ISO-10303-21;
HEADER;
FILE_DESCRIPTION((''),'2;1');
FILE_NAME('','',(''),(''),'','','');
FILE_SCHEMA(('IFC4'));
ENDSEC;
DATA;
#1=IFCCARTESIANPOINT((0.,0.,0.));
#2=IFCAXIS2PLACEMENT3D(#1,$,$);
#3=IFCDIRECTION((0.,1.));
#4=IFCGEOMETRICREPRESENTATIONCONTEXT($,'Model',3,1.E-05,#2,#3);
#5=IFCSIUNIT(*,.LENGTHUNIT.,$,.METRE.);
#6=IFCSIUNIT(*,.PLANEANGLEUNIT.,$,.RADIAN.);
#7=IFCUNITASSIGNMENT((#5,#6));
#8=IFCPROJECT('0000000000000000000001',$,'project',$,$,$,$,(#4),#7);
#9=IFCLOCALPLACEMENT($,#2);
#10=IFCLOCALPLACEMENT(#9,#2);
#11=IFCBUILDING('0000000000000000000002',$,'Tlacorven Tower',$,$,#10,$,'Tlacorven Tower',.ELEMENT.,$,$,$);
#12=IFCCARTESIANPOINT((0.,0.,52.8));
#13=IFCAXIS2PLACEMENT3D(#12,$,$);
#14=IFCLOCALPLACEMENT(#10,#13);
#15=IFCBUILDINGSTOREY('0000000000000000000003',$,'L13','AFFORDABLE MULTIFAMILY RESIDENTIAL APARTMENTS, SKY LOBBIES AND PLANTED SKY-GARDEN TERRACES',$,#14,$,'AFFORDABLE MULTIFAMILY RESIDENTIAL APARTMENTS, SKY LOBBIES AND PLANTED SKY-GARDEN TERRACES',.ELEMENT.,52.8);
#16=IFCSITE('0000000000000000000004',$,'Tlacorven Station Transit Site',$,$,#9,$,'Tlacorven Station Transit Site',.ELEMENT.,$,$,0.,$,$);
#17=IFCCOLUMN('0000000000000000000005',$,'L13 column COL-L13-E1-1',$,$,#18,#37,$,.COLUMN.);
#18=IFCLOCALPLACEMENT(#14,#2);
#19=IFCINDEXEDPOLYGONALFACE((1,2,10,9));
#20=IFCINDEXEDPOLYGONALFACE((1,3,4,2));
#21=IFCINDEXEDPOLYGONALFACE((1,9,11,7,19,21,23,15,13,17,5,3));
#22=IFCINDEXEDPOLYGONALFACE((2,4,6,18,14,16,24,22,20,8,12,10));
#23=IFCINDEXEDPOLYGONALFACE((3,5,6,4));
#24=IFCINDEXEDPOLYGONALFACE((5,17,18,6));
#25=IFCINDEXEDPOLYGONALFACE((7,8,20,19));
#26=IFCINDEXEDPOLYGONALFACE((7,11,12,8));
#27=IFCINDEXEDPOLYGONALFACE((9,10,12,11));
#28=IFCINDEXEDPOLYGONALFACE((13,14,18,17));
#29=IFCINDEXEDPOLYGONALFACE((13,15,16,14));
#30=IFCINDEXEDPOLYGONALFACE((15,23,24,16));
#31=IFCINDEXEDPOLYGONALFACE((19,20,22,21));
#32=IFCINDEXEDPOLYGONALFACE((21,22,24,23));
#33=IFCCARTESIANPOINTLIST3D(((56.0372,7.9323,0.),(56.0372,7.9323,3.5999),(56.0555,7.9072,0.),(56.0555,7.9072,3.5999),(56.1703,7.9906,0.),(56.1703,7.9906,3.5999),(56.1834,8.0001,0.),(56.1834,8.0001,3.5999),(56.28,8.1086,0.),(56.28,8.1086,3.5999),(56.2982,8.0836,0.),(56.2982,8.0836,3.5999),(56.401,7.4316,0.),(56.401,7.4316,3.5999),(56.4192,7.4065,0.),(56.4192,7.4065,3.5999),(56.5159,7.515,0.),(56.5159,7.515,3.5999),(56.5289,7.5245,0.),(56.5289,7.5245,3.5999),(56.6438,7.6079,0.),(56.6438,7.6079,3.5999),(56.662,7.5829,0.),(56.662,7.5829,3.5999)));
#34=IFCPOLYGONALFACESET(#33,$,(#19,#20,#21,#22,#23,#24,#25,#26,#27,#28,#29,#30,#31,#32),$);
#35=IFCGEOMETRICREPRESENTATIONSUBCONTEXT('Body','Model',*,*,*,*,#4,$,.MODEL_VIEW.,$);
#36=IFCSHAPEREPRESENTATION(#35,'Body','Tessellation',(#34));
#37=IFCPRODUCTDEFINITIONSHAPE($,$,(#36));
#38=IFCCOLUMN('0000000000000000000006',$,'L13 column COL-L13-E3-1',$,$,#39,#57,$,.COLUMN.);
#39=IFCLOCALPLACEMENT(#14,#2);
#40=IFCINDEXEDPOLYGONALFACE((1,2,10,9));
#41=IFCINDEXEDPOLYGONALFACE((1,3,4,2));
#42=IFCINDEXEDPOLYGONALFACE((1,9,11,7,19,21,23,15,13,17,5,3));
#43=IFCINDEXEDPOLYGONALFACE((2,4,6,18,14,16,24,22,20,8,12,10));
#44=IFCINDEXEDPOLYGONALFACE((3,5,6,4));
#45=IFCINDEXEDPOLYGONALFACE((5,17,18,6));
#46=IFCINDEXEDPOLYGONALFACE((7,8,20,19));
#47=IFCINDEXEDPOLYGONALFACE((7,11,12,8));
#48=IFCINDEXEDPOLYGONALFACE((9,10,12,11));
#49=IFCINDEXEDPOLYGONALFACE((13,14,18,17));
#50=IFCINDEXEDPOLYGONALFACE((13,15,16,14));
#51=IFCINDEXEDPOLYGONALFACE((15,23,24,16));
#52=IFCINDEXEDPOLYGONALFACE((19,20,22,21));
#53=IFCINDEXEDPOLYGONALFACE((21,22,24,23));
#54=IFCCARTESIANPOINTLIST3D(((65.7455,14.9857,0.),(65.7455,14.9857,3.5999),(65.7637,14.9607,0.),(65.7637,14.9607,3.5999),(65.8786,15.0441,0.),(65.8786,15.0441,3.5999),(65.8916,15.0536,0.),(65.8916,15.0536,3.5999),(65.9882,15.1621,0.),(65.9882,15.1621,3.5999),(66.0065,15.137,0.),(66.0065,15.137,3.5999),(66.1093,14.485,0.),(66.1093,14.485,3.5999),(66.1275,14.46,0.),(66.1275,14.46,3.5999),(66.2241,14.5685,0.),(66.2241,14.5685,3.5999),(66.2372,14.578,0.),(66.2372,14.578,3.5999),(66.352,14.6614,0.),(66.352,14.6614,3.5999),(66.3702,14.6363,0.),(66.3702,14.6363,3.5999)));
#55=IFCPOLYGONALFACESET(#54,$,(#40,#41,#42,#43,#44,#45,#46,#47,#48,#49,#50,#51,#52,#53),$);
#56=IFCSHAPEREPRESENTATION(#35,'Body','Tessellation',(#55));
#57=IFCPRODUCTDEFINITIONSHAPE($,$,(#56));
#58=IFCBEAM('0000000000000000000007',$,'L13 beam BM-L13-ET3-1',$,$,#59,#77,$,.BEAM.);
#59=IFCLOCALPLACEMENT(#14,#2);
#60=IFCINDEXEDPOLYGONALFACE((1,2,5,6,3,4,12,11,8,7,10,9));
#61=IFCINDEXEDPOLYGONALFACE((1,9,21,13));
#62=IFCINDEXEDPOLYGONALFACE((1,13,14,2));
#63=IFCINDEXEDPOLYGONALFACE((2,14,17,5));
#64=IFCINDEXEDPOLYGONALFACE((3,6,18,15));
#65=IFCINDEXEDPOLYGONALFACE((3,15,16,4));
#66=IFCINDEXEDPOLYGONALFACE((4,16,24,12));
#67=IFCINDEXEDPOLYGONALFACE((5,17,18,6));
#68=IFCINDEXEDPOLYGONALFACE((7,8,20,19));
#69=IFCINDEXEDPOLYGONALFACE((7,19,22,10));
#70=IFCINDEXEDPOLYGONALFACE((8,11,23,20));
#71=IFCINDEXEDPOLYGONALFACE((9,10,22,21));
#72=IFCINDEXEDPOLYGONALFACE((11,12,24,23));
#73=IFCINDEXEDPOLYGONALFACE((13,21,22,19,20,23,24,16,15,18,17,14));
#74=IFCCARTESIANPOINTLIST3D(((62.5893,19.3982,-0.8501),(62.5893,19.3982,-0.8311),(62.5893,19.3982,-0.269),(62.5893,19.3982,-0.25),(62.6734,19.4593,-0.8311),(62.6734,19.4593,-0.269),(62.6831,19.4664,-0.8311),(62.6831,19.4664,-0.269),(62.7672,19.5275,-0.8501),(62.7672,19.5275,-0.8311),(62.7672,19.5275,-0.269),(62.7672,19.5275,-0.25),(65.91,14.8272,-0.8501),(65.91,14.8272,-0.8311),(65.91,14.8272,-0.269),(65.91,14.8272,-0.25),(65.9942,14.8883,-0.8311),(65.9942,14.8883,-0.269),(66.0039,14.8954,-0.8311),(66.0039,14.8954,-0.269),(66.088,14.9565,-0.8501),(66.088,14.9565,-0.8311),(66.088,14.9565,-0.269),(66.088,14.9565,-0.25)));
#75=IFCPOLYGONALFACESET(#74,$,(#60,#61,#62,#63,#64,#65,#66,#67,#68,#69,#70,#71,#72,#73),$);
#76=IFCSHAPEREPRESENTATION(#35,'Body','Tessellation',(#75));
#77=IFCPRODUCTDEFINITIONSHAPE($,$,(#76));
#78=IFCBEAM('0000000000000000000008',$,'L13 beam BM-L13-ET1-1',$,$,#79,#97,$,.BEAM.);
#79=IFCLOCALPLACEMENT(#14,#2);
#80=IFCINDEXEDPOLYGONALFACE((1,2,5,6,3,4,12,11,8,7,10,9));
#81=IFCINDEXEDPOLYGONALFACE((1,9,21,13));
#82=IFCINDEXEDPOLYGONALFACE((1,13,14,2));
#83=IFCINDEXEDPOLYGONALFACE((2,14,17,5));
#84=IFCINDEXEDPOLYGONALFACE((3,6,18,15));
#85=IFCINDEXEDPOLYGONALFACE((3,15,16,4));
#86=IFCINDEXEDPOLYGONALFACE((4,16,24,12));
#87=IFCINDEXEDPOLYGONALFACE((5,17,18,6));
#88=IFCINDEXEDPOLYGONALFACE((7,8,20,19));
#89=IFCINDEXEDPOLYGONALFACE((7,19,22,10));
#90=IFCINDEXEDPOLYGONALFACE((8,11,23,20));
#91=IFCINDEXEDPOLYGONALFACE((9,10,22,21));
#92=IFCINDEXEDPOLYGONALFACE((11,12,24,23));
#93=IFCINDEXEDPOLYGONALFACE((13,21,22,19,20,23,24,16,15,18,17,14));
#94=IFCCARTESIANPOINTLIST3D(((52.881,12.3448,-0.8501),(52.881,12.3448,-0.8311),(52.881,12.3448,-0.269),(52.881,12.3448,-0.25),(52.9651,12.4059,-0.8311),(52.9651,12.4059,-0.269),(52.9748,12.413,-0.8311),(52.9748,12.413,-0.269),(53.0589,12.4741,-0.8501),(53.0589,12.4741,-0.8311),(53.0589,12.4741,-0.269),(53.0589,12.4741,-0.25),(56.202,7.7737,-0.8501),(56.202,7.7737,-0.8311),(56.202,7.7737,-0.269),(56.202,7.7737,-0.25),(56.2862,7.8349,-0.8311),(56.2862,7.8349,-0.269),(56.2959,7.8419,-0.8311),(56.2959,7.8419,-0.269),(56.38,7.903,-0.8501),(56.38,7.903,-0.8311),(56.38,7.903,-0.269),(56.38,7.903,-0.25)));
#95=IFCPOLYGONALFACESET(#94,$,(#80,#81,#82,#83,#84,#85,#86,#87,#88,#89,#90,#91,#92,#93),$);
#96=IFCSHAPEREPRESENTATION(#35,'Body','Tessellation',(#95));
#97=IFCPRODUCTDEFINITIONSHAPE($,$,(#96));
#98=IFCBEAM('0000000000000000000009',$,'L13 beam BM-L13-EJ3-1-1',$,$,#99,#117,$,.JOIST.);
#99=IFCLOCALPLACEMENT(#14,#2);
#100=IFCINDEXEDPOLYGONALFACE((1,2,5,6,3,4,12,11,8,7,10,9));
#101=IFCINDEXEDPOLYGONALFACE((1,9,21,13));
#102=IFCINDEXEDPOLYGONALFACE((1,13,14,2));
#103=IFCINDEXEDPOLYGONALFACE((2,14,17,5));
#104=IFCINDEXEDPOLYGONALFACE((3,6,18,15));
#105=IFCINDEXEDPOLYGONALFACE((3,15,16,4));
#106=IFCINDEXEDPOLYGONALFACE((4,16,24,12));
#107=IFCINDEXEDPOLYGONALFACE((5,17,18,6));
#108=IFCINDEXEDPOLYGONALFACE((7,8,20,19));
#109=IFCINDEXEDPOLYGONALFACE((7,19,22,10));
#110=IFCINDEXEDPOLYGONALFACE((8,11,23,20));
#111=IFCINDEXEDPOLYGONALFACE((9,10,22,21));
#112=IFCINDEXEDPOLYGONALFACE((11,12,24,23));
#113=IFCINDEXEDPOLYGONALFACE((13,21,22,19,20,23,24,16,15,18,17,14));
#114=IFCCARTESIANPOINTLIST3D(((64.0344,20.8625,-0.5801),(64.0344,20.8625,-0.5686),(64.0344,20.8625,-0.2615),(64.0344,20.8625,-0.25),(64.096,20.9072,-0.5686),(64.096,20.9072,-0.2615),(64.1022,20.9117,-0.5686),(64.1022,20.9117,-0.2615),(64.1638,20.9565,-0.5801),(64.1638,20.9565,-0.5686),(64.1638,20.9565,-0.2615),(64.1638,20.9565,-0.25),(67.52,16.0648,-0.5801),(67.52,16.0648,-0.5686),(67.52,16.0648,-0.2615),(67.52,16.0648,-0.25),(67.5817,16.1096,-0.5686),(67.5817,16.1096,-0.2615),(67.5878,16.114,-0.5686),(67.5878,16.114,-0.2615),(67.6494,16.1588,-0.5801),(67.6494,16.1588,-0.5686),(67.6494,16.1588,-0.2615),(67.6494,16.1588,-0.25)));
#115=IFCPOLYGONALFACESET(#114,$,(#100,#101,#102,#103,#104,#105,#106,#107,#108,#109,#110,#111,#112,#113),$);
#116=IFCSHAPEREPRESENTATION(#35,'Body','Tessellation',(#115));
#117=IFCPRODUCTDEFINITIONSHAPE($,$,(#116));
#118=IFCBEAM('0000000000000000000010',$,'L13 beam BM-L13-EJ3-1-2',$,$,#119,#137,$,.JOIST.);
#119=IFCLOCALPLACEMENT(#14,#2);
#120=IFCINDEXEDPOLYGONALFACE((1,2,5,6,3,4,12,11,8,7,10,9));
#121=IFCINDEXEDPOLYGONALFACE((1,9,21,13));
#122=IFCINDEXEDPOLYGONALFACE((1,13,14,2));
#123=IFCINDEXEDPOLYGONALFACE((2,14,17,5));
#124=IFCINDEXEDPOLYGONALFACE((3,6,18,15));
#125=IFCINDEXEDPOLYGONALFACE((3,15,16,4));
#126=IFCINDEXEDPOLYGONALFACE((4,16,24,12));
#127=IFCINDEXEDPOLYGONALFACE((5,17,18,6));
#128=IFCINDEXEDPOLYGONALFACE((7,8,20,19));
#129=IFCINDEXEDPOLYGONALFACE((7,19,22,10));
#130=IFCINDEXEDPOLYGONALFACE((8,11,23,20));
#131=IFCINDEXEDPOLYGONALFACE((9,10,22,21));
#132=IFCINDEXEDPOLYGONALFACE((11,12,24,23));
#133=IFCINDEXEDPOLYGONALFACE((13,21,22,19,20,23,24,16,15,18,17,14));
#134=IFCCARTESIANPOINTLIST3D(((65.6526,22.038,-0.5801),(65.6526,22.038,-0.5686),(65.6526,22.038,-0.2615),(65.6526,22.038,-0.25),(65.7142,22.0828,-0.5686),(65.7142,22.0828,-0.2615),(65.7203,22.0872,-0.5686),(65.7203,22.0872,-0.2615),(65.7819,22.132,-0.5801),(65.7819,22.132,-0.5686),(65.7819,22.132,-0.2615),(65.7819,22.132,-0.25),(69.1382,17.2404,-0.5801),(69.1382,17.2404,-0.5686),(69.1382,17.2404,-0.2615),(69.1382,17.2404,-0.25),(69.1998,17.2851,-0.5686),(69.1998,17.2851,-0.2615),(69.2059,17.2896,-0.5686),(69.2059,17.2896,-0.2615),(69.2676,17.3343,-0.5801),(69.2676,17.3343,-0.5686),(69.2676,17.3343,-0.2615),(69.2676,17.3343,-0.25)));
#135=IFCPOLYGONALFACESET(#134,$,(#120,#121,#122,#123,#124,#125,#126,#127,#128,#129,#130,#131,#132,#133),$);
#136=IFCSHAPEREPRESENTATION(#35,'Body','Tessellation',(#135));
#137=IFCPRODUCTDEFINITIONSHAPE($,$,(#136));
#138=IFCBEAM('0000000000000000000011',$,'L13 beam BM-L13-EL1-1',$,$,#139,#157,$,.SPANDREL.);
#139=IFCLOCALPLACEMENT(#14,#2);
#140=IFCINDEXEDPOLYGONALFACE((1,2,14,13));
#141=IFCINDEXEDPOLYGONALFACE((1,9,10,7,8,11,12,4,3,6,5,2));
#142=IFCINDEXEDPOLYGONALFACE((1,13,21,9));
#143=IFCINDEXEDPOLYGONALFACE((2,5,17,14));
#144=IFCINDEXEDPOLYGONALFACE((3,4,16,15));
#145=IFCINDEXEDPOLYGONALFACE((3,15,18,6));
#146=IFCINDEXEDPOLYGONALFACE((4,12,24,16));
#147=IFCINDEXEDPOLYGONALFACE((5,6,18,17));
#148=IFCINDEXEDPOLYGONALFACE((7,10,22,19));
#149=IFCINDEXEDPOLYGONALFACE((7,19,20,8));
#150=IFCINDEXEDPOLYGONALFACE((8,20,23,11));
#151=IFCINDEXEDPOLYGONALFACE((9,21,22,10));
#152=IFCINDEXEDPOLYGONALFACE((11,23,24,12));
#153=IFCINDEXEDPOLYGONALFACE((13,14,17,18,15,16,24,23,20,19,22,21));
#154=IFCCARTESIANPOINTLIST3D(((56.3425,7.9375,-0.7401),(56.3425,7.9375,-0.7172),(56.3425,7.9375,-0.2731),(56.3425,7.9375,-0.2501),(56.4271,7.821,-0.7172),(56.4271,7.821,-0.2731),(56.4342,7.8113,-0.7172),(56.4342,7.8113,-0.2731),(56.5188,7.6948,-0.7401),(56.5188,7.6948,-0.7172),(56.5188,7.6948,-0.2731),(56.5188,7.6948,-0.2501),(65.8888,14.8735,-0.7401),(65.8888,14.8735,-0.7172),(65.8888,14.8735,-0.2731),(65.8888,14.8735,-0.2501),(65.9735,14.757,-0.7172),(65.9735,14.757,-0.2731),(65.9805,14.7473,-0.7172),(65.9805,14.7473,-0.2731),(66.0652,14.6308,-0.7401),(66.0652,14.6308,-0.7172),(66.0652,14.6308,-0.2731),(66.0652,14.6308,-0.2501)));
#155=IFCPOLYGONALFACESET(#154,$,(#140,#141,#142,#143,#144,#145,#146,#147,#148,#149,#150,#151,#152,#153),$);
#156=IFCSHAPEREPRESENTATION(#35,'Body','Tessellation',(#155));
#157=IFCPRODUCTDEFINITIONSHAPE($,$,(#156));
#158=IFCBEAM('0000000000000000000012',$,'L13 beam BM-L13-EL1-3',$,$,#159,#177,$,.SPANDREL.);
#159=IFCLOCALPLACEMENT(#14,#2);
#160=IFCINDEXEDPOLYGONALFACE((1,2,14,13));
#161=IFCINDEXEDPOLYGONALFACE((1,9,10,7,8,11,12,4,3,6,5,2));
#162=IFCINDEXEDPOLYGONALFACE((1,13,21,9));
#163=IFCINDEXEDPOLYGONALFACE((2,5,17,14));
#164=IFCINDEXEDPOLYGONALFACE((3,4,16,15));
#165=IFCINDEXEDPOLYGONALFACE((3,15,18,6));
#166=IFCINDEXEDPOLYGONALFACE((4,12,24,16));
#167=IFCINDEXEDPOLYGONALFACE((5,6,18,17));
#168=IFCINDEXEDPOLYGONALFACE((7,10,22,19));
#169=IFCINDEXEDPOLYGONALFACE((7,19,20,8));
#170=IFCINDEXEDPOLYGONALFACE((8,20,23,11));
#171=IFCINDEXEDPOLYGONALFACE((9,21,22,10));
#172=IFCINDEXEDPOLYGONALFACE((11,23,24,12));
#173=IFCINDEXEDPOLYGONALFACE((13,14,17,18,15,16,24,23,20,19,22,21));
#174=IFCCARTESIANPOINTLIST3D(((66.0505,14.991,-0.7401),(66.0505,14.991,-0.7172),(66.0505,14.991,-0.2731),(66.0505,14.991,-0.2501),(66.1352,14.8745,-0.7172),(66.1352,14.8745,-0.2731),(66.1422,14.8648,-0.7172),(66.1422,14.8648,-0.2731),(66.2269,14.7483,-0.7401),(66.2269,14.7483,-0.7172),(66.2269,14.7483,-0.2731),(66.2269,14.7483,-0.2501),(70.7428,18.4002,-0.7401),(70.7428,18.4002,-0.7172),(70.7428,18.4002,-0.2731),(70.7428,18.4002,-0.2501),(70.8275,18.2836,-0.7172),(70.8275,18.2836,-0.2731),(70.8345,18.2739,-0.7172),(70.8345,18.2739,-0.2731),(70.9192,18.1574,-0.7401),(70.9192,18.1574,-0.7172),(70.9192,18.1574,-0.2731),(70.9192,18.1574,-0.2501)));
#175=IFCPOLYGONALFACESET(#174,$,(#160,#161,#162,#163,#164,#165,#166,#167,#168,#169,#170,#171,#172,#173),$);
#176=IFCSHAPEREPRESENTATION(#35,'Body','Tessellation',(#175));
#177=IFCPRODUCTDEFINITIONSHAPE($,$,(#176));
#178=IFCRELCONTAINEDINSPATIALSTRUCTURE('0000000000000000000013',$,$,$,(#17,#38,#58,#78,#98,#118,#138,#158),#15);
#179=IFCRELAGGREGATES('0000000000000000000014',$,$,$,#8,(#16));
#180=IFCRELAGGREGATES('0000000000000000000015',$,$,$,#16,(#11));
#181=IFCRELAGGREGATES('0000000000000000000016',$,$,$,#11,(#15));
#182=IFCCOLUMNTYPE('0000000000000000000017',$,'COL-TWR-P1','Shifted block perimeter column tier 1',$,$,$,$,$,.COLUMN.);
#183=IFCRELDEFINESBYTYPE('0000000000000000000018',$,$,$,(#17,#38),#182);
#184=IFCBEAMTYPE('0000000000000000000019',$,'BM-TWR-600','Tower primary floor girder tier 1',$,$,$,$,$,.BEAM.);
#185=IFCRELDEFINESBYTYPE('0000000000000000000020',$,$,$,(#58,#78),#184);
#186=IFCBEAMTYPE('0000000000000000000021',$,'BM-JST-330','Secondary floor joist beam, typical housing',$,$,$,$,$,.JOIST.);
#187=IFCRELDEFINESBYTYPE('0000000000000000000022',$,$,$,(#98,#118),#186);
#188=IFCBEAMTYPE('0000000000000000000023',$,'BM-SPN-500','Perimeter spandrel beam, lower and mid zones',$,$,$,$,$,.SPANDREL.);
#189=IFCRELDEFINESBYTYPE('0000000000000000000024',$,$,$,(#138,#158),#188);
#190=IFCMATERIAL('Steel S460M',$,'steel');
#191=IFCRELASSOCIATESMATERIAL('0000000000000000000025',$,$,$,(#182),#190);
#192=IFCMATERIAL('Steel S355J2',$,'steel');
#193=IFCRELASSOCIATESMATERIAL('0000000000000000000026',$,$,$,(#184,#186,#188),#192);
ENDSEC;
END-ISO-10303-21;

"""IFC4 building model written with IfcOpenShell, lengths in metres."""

from ifc_helpers import new_model, si_unit, direction, frame, origin, origin_2d, place, context, subcontext, project, spatial, i_section, extrude, source, transform, mapped, material, material_profile, profile_set, type_object, element, save


model = new_model("IFC4")

# Units and contexts
model_context = context("Model", 3, precision=1e-05, world=origin(), true_north=direction((0.0, 1.0)))
body_context = subcontext(model_context, "Body", "Model", "MODEL_VIEW")
ifc_project = project(units=[si_unit("LENGTHUNIT", "METRE"), si_unit("PLANEANGLEUNIT", "RADIAN")], contexts=[model_context])

# Site, building, storey
site_placement = place(None, origin())
site = spatial("IfcSite", under=ifc_project, at=site_placement, Name="Tlacorven Station Transit Site", LongName="Tlacorven Station Transit Site", CompositionType="ELEMENT", RefElevation=0.0)
building_placement = place(site_placement, origin())
building = spatial("IfcBuilding", under=site, at=building_placement, Name="Tlacorven Tower", LongName="Tlacorven Tower", CompositionType="ELEMENT")
storey_placement = place(building_placement, frame((0.0, 0.0, 52.8)))
storey = spatial("IfcBuildingStorey", under=building, at=storey_placement, Name="L13", Description="AFFORDABLE MULTIFAMILY RESIDENTIAL APARTMENTS, SKY LOBBIES AND PLANTED SKY-GARDEN TERRACES", LongName="AFFORDABLE MULTIFAMILY RESIDENTIAL APARTMENTS, SKY LOBBIES AND PLANTED SKY-GARDEN TERRACES", CompositionType="ELEMENT", Elevation=52.8)

# Columns
ifc_material_1 = material(Name="Steel S460M", Category="steel")
ifc_material_profile_1 = material_profile(ifc_material_1, i_section(OverallWidth=0.3, OverallDepth=0.6499, WebThickness=0.0161, FlangeThickness=0.031, at=origin_2d()), Name="HEB 650")
ifc_profile_set_1 = profile_set([ifc_material_profile_1], Name="Steel S460M")
column_type = type_object("IfcColumnType", Name="COL-TWR-P1", Description="Shifted block perimeter column tier 1", PredefinedType="COLUMN", material=ifc_profile_set_1)
shared_shape_1 = source(origin(), body_context, "Body", "SweptSolid", [
    extrude(i_section(OverallWidth=0.3, OverallDepth=0.6499, WebThickness=0.0161, FlangeThickness=0.031, at=origin_2d()), origin(), (0.0, 0.0, 1.0), 3.5999),
])
for number, where, z_axis, x_axis, name in (
    (1, (56.3496, 7.7576, 0.0), (0.0, 0.0, 1.0), (0.809017, 0.587785, 0.0), "L13 column COL-L13-E1-1"),
    (2, (66.0579, 14.811, 0.0), (0.0, 0.0, 1.0), (0.809017, 0.587785, 0.0), "L13 column COL-L13-E3-1"),
):
    element("IfcColumn", number, at=place(storey_placement, frame(where, z_axis=z_axis, x_axis=x_axis)), inside=storey, type_object=column_type, Name=name, PredefinedType="COLUMN", context=body_context, shape_type="MappedRepresentation", body=[
        mapped(shared_shape_1, transform((0.0, 0.0, 0.0), scale=1.0)),
    ])

# Beams
ifc_material_2 = material(Name="Steel S355J2", Category="steel")
ifc_material_profile_2 = material_profile(ifc_material_2, i_section(OverallWidth=0.22, OverallDepth=0.6001, WebThickness=0.012, FlangeThickness=0.019, at=origin_2d()), Name="IPE 600")
ifc_profile_set_2 = profile_set([ifc_material_profile_2], Name="Steel S355J2")
beam_type_1 = type_object("IfcBeamType", Name="BM-TWR-600", Description="Tower primary floor girder tier 1", PredefinedType="BEAM", material=ifc_profile_set_2)
shared_shape_2 = source(origin(), body_context, "Body", "SweptSolid", [
    extrude(i_section(OverallWidth=0.22, OverallDepth=0.6001, WebThickness=0.012, FlangeThickness=0.019, at=origin_2d()), origin(), (0.0, 0.0, 1.0), 5.6499),
])
beam_1_placement = place(storey_placement, frame((65.999, 14.8918, -0.55), z_axis=(-0.587755, 0.809039, 0.0), x_axis=(-0.809039, -0.587755, 0.0)))
element("IfcBeam", 3, at=beam_1_placement, inside=storey, type_object=beam_type_1, Name="L13 beam BM-L13-ET3-1", PredefinedType="BEAM", context=body_context, shape_type="MappedRepresentation", body=[
    mapped(shared_shape_2, transform((0.0, 0.0, 0.0), scale=1.0)),
])
shared_shape_3 = source(origin(), body_context, "Body", "SweptSolid", [
    extrude(i_section(OverallWidth=0.22, OverallDepth=0.6001, WebThickness=0.012, FlangeThickness=0.019, at=origin_2d()), origin(), (0.0, 0.0, 1.0), 5.6501),
])
beam_2_placement = place(storey_placement, frame((56.291, 7.8384, -0.55), z_axis=(-0.587784, 0.809018, 0.0), x_axis=(-0.809018, -0.587784, 0.0)))
element("IfcBeam", 4, at=beam_2_placement, inside=storey, type_object=beam_type_1, Name="L13 beam BM-L13-ET1-1", PredefinedType="BEAM", context=body_context, shape_type="MappedRepresentation", body=[
    mapped(shared_shape_3, transform((0.0, 0.0, 0.0), scale=1.0)),
])
ifc_material_profile_3 = material_profile(ifc_material_2, i_section(OverallWidth=0.1599, OverallDepth=0.3301, WebThickness=0.0076, FlangeThickness=0.0115, at=origin_2d()), Name="IPE 330")
ifc_profile_set_3 = profile_set([ifc_material_profile_3], Name="Steel S355J2")
beam_type_2 = type_object("IfcBeamType", Name="BM-JST-330", Description="Secondary floor joist beam, typical housing", PredefinedType="JOIST", material=ifc_profile_set_3)
shared_shape_4 = source(origin(), body_context, "Body", "SweptSolid", [
    extrude(i_section(OverallWidth=0.1599, OverallDepth=0.3301, WebThickness=0.0076, FlangeThickness=0.0115, at=origin_2d()), origin(), (0.0, 0.0, 1.0), 5.9302),
])
for number, where, z_axis, x_axis, name in (
    (5, (67.5847, 16.1118, -0.415), (-0.587778, 0.809023, 0.0), (-0.809023, -0.587778, 0.0), "L13 beam BM-L13-EJ3-1-1"),
    (6, (69.2029, 17.2874, -0.415), (-0.587778, 0.809023, 0.0), (-0.809023, -0.587778, 0.0), "L13 beam BM-L13-EJ3-1-2"),
):
    element("IfcBeam", number, at=place(storey_placement, frame(where, z_axis=z_axis, x_axis=x_axis)), inside=storey, type_object=beam_type_2, Name=name, PredefinedType="JOIST", context=body_context, shape_type="MappedRepresentation", body=[
        mapped(shared_shape_4, transform((0.0, 0.0, 0.0), scale=1.0)),
    ])
ifc_material_profile_4 = material_profile(ifc_material_2, i_section(OverallWidth=0.3, OverallDepth=0.49, WebThickness=0.012, FlangeThickness=0.0229, at=origin_2d()), Name="HEA 500")
ifc_profile_set_4 = profile_set([ifc_material_profile_4], Name="Steel S355J2")
beam_type_3 = type_object("IfcBeamType", Name="BM-SPN-500", Description="Perimeter spandrel beam, lower and mid zones", PredefinedType="SPANDREL", material=ifc_profile_set_4)
shared_shape_5 = source(origin(), body_context, "Body", "SweptSolid", [
    extrude(i_section(OverallWidth=0.3, OverallDepth=0.49, WebThickness=0.012, FlangeThickness=0.0229, at=origin_2d()), origin(), (0.0, 0.0, 1.0), 11.8),
])
beam_3_placement = place(storey_placement, frame((56.4307, 7.8162, -0.4951), z_axis=(0.80901, 0.587795, 0.0), x_axis=(-0.587795, 0.80901, 0.0)))
element("IfcBeam", 7, at=beam_3_placement, inside=storey, type_object=beam_type_3, Name="L13 beam BM-L13-EL1-1", PredefinedType="SPANDREL", context=body_context, shape_type="MappedRepresentation", body=[
    mapped(shared_shape_5, transform((0.0, 0.0, 0.0), scale=1.0)),
])
shared_shape_6 = source(origin(), body_context, "Body", "SweptSolid", [
    extrude(i_section(OverallWidth=0.3, OverallDepth=0.49, WebThickness=0.012, FlangeThickness=0.0229, at=origin_2d()), origin(), (0.0, 0.0, 1.0), 5.8),
])
beam_4_placement = place(storey_placement, frame((66.1387, 14.8696, -0.4951), z_axis=(0.80902, 0.587781, 0.0), x_axis=(-0.587781, 0.80902, 0.0)))
element("IfcBeam", 8, at=beam_4_placement, inside=storey, type_object=beam_type_3, Name="L13 beam BM-L13-EL1-3", PredefinedType="SPANDREL", context=body_context, shape_type="MappedRepresentation", body=[
    mapped(shared_shape_6, transform((0.0, 0.0, 0.0), scale=1.0)),
])

save(model, "model.ifc")
